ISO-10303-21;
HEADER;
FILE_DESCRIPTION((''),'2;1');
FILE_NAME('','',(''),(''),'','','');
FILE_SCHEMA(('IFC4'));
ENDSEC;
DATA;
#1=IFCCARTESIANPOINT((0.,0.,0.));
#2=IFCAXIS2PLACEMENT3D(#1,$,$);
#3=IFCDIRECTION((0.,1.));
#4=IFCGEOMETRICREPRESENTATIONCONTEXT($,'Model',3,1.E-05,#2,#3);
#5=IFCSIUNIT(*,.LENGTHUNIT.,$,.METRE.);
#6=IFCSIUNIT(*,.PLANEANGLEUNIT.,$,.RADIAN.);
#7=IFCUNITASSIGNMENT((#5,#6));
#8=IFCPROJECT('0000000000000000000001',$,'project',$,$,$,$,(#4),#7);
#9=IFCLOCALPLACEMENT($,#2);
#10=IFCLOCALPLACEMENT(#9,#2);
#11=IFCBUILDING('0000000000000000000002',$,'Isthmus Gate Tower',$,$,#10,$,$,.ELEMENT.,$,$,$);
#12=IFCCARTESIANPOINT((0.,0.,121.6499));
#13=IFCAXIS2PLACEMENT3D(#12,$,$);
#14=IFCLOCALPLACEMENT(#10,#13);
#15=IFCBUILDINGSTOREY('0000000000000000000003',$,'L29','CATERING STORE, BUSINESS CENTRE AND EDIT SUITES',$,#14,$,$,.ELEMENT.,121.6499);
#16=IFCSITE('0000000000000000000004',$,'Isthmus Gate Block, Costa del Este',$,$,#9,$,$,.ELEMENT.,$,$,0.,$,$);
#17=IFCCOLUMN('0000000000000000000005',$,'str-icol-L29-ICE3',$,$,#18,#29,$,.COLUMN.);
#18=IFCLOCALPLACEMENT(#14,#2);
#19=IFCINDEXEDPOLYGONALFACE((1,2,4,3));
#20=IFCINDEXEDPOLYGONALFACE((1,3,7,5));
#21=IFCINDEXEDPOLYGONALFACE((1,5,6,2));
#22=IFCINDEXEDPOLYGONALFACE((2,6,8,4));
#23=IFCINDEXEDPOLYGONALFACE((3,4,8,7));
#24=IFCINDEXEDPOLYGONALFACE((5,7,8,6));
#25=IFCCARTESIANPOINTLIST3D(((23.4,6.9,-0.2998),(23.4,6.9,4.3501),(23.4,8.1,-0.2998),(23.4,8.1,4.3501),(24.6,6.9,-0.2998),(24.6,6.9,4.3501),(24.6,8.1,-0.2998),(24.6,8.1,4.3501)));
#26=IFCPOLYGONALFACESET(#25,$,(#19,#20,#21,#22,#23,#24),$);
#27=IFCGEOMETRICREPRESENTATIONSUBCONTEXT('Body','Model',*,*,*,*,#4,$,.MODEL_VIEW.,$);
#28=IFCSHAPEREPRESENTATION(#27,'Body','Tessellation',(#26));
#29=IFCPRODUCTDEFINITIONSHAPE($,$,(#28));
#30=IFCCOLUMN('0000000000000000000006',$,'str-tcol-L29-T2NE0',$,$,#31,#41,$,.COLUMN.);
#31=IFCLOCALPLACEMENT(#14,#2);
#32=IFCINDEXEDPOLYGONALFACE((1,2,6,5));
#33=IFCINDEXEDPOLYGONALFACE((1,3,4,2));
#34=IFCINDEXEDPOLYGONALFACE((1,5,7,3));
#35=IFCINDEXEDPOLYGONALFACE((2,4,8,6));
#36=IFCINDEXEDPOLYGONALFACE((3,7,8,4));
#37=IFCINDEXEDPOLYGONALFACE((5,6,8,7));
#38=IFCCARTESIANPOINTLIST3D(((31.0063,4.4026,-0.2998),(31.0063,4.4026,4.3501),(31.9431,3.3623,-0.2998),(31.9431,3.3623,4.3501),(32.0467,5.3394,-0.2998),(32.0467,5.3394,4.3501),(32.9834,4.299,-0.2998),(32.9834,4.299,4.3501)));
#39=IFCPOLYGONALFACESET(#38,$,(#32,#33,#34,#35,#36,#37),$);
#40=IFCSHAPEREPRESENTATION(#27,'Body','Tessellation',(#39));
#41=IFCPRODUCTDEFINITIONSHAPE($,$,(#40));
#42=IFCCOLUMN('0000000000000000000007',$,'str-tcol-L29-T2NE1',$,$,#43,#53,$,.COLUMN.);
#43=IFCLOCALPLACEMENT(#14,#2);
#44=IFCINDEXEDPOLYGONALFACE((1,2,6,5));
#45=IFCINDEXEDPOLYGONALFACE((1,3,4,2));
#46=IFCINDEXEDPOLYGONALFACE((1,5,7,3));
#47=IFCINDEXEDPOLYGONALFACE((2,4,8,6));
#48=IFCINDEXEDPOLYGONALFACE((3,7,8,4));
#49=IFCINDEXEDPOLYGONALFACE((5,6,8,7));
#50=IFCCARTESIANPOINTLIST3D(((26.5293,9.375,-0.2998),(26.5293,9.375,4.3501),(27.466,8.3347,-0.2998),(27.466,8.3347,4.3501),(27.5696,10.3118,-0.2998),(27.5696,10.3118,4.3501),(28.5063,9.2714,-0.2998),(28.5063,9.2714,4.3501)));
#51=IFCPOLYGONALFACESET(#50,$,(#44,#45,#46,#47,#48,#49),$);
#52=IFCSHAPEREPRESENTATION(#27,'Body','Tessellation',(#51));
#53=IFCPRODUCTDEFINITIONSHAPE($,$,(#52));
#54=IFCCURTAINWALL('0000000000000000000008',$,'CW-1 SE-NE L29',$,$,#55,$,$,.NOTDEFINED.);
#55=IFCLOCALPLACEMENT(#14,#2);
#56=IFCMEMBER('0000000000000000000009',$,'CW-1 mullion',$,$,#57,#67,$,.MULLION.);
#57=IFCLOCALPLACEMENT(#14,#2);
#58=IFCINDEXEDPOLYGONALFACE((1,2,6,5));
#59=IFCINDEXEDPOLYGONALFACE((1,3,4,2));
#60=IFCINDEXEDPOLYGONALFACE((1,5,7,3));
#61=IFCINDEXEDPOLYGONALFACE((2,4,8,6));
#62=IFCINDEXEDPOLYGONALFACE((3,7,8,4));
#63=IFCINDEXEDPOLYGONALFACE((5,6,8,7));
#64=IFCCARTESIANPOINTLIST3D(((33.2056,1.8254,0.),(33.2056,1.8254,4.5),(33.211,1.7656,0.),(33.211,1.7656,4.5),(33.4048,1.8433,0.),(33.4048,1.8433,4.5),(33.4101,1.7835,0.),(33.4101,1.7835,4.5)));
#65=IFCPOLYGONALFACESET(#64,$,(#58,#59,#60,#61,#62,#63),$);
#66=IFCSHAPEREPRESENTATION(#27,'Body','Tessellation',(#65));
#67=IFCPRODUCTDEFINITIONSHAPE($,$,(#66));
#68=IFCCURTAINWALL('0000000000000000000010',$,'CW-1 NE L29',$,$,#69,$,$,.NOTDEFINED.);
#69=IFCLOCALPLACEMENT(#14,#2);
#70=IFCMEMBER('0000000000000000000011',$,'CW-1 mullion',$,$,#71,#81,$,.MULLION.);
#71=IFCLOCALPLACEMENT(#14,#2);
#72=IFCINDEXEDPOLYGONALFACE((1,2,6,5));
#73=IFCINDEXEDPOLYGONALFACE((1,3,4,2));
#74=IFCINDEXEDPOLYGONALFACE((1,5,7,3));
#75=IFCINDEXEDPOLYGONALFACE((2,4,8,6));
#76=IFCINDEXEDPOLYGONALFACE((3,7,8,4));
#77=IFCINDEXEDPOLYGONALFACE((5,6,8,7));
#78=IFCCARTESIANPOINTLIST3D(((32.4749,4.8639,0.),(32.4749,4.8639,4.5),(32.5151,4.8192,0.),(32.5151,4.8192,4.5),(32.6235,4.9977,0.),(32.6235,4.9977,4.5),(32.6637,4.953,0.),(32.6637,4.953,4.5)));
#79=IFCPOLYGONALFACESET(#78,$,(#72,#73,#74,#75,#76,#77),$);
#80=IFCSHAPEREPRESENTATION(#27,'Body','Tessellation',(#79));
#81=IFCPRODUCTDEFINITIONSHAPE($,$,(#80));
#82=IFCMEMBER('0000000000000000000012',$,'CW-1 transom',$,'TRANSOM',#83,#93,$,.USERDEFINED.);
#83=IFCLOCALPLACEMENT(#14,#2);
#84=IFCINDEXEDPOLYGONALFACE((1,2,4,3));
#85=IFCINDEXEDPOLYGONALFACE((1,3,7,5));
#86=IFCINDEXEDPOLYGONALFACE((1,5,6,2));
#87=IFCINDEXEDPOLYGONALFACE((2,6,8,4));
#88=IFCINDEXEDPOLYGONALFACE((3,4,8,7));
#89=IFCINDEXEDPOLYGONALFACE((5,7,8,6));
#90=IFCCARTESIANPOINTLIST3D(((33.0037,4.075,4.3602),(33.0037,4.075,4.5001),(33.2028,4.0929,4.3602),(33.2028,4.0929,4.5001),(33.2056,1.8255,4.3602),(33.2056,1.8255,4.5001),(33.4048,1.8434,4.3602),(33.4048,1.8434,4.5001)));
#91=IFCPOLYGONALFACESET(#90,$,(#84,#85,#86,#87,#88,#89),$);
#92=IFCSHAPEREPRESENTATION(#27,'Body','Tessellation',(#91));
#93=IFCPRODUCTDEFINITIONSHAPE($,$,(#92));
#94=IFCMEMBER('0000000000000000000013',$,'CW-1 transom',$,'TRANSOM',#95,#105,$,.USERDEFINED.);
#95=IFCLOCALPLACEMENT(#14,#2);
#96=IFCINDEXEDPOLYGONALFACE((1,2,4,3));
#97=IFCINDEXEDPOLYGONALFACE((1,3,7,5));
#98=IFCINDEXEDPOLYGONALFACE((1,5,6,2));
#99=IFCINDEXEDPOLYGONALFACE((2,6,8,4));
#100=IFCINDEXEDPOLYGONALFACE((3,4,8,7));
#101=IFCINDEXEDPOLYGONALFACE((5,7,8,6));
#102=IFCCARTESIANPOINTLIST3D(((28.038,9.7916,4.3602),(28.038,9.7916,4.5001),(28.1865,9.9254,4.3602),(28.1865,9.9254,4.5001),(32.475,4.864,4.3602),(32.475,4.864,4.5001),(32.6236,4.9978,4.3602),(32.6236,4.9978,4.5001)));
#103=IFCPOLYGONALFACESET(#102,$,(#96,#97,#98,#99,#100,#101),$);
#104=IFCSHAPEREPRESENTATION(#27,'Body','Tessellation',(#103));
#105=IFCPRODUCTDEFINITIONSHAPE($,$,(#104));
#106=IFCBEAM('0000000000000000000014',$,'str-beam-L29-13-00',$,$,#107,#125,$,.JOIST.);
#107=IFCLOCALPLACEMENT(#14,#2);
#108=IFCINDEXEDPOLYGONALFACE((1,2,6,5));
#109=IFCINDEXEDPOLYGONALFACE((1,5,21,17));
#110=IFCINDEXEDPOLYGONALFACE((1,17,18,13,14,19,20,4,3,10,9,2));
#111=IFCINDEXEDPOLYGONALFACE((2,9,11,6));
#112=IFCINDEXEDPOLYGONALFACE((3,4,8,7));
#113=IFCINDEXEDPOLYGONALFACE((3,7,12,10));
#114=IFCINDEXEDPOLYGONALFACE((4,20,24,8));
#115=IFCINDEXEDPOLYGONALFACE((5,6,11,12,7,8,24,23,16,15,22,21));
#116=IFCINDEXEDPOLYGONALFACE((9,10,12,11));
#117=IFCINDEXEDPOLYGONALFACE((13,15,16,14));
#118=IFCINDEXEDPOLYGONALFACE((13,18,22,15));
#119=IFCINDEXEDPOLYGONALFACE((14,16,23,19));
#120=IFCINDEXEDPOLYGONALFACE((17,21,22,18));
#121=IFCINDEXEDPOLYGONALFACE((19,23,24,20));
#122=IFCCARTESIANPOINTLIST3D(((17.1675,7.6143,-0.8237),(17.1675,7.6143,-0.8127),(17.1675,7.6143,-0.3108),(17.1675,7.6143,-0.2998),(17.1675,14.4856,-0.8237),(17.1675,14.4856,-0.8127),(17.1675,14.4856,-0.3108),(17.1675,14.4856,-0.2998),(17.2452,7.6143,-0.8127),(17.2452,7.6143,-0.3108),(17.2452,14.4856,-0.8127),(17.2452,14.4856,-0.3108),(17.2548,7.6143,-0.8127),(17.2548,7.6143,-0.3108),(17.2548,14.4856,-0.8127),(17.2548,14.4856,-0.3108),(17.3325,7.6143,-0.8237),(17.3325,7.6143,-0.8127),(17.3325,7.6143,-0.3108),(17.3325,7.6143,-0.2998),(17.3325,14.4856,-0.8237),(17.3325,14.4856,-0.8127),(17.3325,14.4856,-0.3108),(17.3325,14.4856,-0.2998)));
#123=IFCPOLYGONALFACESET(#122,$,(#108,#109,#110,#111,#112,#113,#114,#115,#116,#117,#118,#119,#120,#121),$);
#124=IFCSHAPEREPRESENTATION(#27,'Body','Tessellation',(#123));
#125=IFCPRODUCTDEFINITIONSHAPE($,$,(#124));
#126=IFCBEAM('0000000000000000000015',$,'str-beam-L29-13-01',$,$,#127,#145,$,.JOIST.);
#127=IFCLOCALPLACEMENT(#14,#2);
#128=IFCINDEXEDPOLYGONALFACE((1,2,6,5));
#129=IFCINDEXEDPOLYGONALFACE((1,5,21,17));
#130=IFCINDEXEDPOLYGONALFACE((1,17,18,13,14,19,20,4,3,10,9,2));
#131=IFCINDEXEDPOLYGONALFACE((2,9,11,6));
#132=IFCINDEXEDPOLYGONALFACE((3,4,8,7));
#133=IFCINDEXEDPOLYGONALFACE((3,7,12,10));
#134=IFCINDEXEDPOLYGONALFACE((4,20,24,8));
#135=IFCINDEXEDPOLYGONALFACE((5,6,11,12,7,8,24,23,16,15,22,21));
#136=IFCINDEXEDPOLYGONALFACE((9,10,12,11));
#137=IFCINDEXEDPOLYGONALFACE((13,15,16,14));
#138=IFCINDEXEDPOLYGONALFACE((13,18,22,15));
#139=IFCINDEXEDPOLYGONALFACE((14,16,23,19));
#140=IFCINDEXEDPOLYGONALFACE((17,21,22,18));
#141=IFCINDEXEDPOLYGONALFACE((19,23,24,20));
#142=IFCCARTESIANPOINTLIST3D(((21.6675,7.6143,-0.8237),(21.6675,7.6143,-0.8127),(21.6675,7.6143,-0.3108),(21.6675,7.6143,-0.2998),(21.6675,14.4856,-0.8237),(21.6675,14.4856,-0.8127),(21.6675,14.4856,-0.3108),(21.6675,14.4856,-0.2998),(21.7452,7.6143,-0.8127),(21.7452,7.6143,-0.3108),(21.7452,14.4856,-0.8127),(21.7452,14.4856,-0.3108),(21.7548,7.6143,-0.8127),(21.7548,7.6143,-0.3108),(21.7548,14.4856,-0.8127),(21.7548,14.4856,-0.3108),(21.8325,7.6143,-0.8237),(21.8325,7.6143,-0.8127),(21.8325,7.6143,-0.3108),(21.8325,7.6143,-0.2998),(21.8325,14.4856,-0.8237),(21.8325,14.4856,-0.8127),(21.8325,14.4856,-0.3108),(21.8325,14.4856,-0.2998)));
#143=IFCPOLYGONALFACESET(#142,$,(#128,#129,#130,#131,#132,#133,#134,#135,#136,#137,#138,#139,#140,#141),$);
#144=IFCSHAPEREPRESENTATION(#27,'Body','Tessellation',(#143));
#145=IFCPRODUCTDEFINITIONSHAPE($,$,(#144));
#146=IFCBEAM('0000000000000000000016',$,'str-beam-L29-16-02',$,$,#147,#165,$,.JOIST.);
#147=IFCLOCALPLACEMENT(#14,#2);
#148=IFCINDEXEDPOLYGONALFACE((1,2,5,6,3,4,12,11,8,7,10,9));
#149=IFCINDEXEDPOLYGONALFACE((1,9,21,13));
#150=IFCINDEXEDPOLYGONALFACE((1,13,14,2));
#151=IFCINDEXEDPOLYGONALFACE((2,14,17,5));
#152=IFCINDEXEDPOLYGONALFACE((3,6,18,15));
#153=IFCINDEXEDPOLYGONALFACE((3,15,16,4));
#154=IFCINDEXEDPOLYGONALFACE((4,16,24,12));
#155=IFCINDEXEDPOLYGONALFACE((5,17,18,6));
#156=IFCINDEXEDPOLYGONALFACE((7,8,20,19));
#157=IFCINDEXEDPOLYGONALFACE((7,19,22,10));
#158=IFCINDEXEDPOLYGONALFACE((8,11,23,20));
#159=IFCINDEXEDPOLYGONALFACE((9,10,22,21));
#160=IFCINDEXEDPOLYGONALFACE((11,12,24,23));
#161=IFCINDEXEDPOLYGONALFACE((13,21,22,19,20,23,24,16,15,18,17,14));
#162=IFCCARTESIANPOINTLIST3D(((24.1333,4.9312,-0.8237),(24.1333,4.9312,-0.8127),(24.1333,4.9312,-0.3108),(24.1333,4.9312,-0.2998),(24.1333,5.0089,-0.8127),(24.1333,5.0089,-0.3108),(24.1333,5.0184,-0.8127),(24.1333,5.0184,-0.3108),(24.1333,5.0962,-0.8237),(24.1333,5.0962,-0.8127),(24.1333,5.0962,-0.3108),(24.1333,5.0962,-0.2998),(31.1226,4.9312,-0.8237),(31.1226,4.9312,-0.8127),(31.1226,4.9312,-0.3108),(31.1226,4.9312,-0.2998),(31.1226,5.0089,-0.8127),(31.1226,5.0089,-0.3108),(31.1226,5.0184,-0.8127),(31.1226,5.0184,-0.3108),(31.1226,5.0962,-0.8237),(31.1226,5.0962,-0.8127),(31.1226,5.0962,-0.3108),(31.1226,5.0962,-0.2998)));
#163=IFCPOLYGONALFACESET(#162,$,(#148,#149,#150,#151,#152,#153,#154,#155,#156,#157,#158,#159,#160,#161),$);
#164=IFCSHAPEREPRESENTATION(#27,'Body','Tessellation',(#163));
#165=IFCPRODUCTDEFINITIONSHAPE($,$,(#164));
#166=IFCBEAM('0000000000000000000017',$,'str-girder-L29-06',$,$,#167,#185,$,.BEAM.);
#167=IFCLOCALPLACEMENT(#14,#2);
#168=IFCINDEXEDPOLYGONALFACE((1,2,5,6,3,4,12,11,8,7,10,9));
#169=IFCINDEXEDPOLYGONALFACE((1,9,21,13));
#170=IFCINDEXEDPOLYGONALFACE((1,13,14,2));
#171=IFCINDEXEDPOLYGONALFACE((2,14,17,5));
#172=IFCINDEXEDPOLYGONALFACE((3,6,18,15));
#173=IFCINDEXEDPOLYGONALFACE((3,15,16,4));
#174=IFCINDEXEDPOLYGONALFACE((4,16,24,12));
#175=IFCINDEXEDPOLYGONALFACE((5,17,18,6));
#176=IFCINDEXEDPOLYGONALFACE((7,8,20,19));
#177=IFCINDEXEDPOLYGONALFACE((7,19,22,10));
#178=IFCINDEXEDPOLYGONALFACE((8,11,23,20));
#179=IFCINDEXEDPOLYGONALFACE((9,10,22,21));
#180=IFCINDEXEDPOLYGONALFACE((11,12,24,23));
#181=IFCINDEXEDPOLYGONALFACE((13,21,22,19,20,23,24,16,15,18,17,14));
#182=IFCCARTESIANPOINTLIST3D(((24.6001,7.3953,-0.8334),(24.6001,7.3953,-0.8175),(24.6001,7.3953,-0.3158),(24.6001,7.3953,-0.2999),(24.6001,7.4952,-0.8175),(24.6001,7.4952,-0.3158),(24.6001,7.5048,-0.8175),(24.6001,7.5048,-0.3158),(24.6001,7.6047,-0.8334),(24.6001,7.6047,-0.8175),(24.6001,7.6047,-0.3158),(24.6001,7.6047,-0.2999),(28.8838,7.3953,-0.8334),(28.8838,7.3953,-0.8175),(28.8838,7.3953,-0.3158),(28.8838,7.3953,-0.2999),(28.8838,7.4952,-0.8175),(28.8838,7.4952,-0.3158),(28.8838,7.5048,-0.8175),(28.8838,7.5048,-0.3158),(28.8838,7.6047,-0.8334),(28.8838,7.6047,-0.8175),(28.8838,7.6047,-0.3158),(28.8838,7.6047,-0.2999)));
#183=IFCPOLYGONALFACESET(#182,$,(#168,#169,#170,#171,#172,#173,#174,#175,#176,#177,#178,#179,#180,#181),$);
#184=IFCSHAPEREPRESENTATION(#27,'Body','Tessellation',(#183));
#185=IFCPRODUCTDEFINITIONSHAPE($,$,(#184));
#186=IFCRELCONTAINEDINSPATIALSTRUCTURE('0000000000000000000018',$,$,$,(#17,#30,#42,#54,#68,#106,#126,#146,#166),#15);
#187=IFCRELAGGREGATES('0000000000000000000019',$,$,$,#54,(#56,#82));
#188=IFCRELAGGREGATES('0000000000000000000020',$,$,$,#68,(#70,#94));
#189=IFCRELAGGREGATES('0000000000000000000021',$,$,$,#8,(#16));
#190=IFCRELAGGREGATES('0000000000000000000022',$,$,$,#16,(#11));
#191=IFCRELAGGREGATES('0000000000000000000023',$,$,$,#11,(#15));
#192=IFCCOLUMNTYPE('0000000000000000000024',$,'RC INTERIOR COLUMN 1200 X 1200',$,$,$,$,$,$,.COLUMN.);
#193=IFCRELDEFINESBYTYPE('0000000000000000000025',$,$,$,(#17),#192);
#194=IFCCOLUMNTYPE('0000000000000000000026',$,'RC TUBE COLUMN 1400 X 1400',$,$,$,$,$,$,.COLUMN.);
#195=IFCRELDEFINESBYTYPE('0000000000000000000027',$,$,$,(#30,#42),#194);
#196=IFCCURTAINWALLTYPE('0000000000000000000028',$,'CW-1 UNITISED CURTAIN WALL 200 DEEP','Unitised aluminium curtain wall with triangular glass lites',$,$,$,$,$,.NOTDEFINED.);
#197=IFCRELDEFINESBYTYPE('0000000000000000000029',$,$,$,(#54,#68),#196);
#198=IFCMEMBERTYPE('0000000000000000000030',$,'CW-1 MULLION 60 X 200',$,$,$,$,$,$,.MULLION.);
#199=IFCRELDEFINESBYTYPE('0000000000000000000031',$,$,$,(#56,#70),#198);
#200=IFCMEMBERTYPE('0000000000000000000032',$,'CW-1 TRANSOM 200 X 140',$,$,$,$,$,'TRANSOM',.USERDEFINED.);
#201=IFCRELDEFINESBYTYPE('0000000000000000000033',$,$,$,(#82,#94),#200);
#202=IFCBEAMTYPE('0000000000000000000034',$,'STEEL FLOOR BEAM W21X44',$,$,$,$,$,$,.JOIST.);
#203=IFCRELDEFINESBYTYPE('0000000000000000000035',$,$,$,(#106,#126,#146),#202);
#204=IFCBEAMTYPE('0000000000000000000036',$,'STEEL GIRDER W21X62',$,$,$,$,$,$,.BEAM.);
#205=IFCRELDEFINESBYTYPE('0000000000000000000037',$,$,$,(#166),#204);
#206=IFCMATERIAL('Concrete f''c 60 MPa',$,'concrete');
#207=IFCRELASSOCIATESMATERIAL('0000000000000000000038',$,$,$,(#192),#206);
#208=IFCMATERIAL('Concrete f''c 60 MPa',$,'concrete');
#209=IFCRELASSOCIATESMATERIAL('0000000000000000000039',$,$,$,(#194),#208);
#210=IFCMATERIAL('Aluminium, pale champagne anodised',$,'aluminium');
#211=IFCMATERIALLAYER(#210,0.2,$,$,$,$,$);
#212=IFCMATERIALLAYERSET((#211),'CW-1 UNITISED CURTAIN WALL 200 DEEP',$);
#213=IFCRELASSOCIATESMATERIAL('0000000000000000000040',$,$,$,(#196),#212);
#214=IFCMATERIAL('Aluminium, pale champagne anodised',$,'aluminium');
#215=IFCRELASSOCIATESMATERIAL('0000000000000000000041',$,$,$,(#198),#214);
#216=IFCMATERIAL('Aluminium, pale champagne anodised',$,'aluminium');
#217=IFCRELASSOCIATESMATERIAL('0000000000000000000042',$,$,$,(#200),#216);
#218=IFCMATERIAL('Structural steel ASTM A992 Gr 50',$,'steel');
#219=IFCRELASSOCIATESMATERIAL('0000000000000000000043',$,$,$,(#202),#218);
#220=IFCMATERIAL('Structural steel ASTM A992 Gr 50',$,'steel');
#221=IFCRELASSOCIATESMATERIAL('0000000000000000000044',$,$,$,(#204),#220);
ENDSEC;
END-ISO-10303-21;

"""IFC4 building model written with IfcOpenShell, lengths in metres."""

from ifc_helpers import new_model, si_unit, direction, frame, origin, origin_2d, place, context, subcontext, project, spatial, rectangle, i_section, extrude, material, layer, layer_set, material_profile, profile_set, type_object, element, aggregate, save


model = new_model("IFC4")

# Units and contexts
model_context = context("Model", 3, precision=1e-05, world=origin(), true_north=direction((0.0, 1.0)))
body_context = subcontext(model_context, "Body", "Model", "MODEL_VIEW")
ifc_project = project(units=[si_unit("LENGTHUNIT", "METRE"), si_unit("PLANEANGLEUNIT", "RADIAN")], contexts=[model_context])

# Site, building, storey
site_placement = place(None, origin())
site = spatial("IfcSite", under=ifc_project, at=site_placement, Name="Isthmus Gate Block, Costa del Este", CompositionType="ELEMENT", RefElevation=0.0)
building_placement = place(site_placement, origin())
building = spatial("IfcBuilding", under=site, at=building_placement, Name="Isthmus Gate Tower", CompositionType="ELEMENT")
storey_placement = place(building_placement, frame((0.0, 0.0, 121.6499)))
storey = spatial("IfcBuildingStorey", under=building, at=storey_placement, Name="L29", Description="CATERING STORE, BUSINESS CENTRE AND EDIT SUITES", CompositionType="ELEMENT", Elevation=121.6499)

# Columns
ifc_material_1 = material(Name="Concrete f'c 60 MPa", Category="concrete")
ifc_material_profile_1 = material_profile(ifc_material_1, rectangle(XDim=1.2, YDim=1.2, at=origin_2d()), Name="RC 1200X1200")
ifc_profile_set_1 = profile_set([ifc_material_profile_1], Name="Concrete f'c 60 MPa")
column_type_1 = type_object("IfcColumnType", Name="RC INTERIOR COLUMN 1200 X 1200", PredefinedType="COLUMN", material=ifc_profile_set_1)
column_placement = place(storey_placement, frame((24.0, 7.5, -0.2998), z_axis=(0.0, 0.0, 1.0), x_axis=(1.0, 0.0, 0.0)))
element("IfcColumn", 1, at=column_placement, inside=storey, type_object=column_type_1, Name="str-icol-L29-ICE3", PredefinedType="COLUMN", context=body_context, shape_type="SweptSolid", body=[
    extrude(rectangle(XDim=1.2, YDim=1.2, at=origin_2d()), origin(), (0.0, 0.0, 1.0), 4.6499),
])
ifc_material_2 = material(Name="Concrete f'c 60 MPa", Category="concrete")
ifc_material_profile_2 = material_profile(ifc_material_2, rectangle(XDim=1.3999, YDim=1.3999, at=origin_2d()), Name="RC 1400X1400")
ifc_profile_set_2 = profile_set([ifc_material_profile_2], Name="Concrete f'c 60 MPa")
column_type_2 = type_object("IfcColumnType", Name="RC TUBE COLUMN 1400 X 1400", PredefinedType="COLUMN", material=ifc_profile_set_2)
for number, where, z_axis, x_axis, name in (
    (2, (31.9949, 4.3508, -0.2998), (0.0, 0.0, 1.0), (-0.669131, 0.743145, 0.0), "str-tcol-L29-T2NE0"),
    (3, (27.5178, 9.3232, -0.2998), (0.0, 0.0, 1.0), (-0.669131, 0.743145, 0.0), "str-tcol-L29-T2NE1"),
):
    element("IfcColumn", number, at=place(storey_placement, frame(where, z_axis=z_axis, x_axis=x_axis)), inside=storey, type_object=column_type_2, Name=name, PredefinedType="COLUMN", context=body_context, shape_type="SweptSolid", body=[
        extrude(rectangle(XDim=1.3999, YDim=1.3999, at=origin_2d()), origin(), (0.0, 0.0, 1.0), 4.6499),
    ])

# Curtain walls, members
ifc_material_3 = material(Name="Aluminium, pale champagne anodised", Category="aluminium")
ifc_layer_1 = layer(ifc_material_3, 0.2)
ifc_layer_set_1 = layer_set([ifc_layer_1], Name="CW-1 UNITISED CURTAIN WALL 200 DEEP")
curtain_wall_type = type_object("IfcCurtainWallType", Name="CW-1 UNITISED CURTAIN WALL 200 DEEP", Description="Unitised aluminium curtain wall with triangular glass lites", PredefinedType="NOTDEFINED", material=ifc_layer_set_1)
curtain_wall_1_placement = place(storey_placement, origin())
curtain_wall_1 = element("IfcCurtainWall", 4, at=curtain_wall_1_placement, inside=storey, type_object=curtain_wall_type, Name="CW-1 SE-NE L29", PredefinedType="NOTDEFINED")
ifc_material_4 = material(Name="Aluminium, pale champagne anodised", Category="aluminium")
ifc_material_profile_3 = material_profile(ifc_material_4, rectangle(XDim=0.0601, YDim=0.2, at=origin_2d()), Name="60x200")
ifc_profile_set_3 = profile_set([ifc_material_profile_3], Name="Aluminium, pale champagne anodised")
member_type_1 = type_object("IfcMemberType", Name="CW-1 MULLION 60 X 200", PredefinedType="MULLION", material=ifc_profile_set_3)
member_1_placement = place(storey_placement, frame((33.3079, 1.8044, 0.0), z_axis=(0.0, 0.0, 1.0), x_axis=(-0.089397, 0.995996, 0.0)))
member_1 = element("IfcMember", 5, at=member_1_placement, type_object=member_type_1, Name="CW-1 mullion", PredefinedType="MULLION", context=body_context, shape_type="SweptSolid", body=[
    extrude(rectangle(XDim=0.0601, YDim=0.2, at=origin_2d()), origin(), (0.0, 0.0, 1.0), 4.5),
])
curtain_wall_2_placement = place(storey_placement, origin())
curtain_wall_2 = element("IfcCurtainWall", 6, at=curtain_wall_2_placement, inside=storey, type_object=curtain_wall_type, Name="CW-1 NE L29", PredefinedType="NOTDEFINED")
member_2_placement = place(storey_placement, frame((32.5693, 4.9084, 0.0), z_axis=(0.0, 0.0, 1.0), x_axis=(-0.669131, 0.743145, 0.0)))
member_2 = element("IfcMember", 7, at=member_2_placement, type_object=member_type_1, Name="CW-1 mullion", PredefinedType="MULLION", context=body_context, shape_type="SweptSolid", body=[
    extrude(rectangle(XDim=0.0601, YDim=0.2, at=origin_2d()), origin(), (0.0, 0.0, 1.0), 4.5),
])

# Members
ifc_material_5 = material(Name="Aluminium, pale champagne anodised", Category="aluminium")
ifc_material_profile_4 = material_profile(ifc_material_5, rectangle(XDim=0.2, YDim=0.1399, at=origin_2d()), Name="200x140")
ifc_profile_set_4 = profile_set([ifc_material_profile_4], Name="Aluminium, pale champagne anodised")
member_type_2 = type_object("IfcMemberType", Name="CW-1 TRANSOM 200 X 140", ElementType="TRANSOM", PredefinedType="USERDEFINED", material=ifc_profile_set_4)
member_3_placement = place(storey_placement, frame((33.3052, 1.8345, 4.4302), z_axis=(-0.089395, 0.995996, 0.0), x_axis=(-0.995996, -0.089395, 0.0)))
member_3 = element("IfcMember", 8, at=member_3_placement, type_object=member_type_2, Name="CW-1 transom", ObjectType="TRANSOM", PredefinedType="USERDEFINED", context=body_context, shape_type="SweptSolid", body=[
    extrude(rectangle(XDim=0.2, YDim=0.1399, at=origin_2d()), origin(), (0.0, 0.0, 1.0), 2.2585),
])
member_4_placement = place(storey_placement, frame((32.5493, 4.9309, 4.4302), z_axis=(-0.669154, 0.743124, 0.0), x_axis=(-0.743124, -0.669154, 0.0)))
member_4 = element("IfcMember", 9, at=member_4_placement, type_object=member_type_2, Name="CW-1 transom", ObjectType="TRANSOM", PredefinedType="USERDEFINED", context=body_context, shape_type="SweptSolid", body=[
    extrude(rectangle(XDim=0.2, YDim=0.1399, at=origin_2d()), origin(), (0.0, 0.0, 1.0), 6.6309),
])

# Beams
ifc_material_6 = material(Name="Structural steel ASTM A992 Gr 50", Category="steel")
ifc_material_profile_5 = material_profile(ifc_material_6, i_section(OverallWidth=0.165, OverallDepth=0.5239, WebThickness=0.0095, FlangeThickness=0.011, at=origin_2d()), Name="W21X44")
ifc_profile_set_5 = profile_set([ifc_material_profile_5], Name="Structural steel ASTM A992 Gr 50")
beam_type_1 = type_object("IfcBeamType", Name="STEEL FLOOR BEAM W21X44", PredefinedType="JOIST", material=ifc_profile_set_5)
for number, where, z_axis, x_axis, name in (
    (10, (17.25, 7.6143, -0.5618), (0.0, 1.0, 0.0), (-1.0, 0.0, 0.0), "str-beam-L29-13-00"),
    (11, (21.75, 7.6143, -0.5618), (0.0, 1.0, 0.0), (-1.0, 0.0, 0.0), "str-beam-L29-13-01"),
):
    element("IfcBeam", number, at=place(storey_placement, frame(where, z_axis=z_axis, x_axis=x_axis)), inside=storey, type_object=beam_type_1, Name=name, PredefinedType="JOIST", context=body_context, shape_type="SweptSolid", body=[
        extrude(i_section(OverallWidth=0.165, OverallDepth=0.5239, WebThickness=0.0095, FlangeThickness=0.011, at=origin_2d()), origin(), (0.0, 0.0, 1.0), 6.8713),
    ])
beam_1_placement = place(storey_placement, frame((24.1333, 5.0137, -0.5618), z_axis=(1.0, 0.0, 0.0), x_axis=(0.0, 1.0, 0.0)))
element("IfcBeam", 12, at=beam_1_placement, inside=storey, type_object=beam_type_1, Name="str-beam-L29-16-02", PredefinedType="JOIST", context=body_context, shape_type="SweptSolid", body=[
    extrude(i_section(OverallWidth=0.165, OverallDepth=0.5239, WebThickness=0.0095, FlangeThickness=0.011, at=origin_2d()), origin(), (0.0, 0.0, 1.0), 6.9893),
])
ifc_material_7 = material(Name="Structural steel ASTM A992 Gr 50", Category="steel")
ifc_material_profile_6 = material_profile(ifc_material_7, i_section(OverallWidth=0.2095, OverallDepth=0.5334, WebThickness=0.0095, FlangeThickness=0.0159, at=origin_2d()), Name="W21X62")
ifc_profile_set_6 = profile_set([ifc_material_profile_6], Name="Structural steel ASTM A992 Gr 50")
beam_type_2 = type_object("IfcBeamType", Name="STEEL GIRDER W21X62", PredefinedType="BEAM", material=ifc_profile_set_6)
beam_2_placement = place(storey_placement, frame((24.6001, 7.5, -0.5667), z_axis=(1.0, 0.0, 0.0), x_axis=(0.0, 1.0, 0.0)))
element("IfcBeam", 13, at=beam_2_placement, inside=storey, type_object=beam_type_2, Name="str-girder-L29-06", PredefinedType="BEAM", context=body_context, shape_type="SweptSolid", body=[
    extrude(i_section(OverallWidth=0.2095, OverallDepth=0.5334, WebThickness=0.0095, FlangeThickness=0.0159, at=origin_2d()), origin(), (0.0, 0.0, 1.0), 4.2837),
])

aggregate(curtain_wall_1, [member_1, member_3])

aggregate(curtain_wall_2, [member_2, member_4])

save(model, "model.ifc")
